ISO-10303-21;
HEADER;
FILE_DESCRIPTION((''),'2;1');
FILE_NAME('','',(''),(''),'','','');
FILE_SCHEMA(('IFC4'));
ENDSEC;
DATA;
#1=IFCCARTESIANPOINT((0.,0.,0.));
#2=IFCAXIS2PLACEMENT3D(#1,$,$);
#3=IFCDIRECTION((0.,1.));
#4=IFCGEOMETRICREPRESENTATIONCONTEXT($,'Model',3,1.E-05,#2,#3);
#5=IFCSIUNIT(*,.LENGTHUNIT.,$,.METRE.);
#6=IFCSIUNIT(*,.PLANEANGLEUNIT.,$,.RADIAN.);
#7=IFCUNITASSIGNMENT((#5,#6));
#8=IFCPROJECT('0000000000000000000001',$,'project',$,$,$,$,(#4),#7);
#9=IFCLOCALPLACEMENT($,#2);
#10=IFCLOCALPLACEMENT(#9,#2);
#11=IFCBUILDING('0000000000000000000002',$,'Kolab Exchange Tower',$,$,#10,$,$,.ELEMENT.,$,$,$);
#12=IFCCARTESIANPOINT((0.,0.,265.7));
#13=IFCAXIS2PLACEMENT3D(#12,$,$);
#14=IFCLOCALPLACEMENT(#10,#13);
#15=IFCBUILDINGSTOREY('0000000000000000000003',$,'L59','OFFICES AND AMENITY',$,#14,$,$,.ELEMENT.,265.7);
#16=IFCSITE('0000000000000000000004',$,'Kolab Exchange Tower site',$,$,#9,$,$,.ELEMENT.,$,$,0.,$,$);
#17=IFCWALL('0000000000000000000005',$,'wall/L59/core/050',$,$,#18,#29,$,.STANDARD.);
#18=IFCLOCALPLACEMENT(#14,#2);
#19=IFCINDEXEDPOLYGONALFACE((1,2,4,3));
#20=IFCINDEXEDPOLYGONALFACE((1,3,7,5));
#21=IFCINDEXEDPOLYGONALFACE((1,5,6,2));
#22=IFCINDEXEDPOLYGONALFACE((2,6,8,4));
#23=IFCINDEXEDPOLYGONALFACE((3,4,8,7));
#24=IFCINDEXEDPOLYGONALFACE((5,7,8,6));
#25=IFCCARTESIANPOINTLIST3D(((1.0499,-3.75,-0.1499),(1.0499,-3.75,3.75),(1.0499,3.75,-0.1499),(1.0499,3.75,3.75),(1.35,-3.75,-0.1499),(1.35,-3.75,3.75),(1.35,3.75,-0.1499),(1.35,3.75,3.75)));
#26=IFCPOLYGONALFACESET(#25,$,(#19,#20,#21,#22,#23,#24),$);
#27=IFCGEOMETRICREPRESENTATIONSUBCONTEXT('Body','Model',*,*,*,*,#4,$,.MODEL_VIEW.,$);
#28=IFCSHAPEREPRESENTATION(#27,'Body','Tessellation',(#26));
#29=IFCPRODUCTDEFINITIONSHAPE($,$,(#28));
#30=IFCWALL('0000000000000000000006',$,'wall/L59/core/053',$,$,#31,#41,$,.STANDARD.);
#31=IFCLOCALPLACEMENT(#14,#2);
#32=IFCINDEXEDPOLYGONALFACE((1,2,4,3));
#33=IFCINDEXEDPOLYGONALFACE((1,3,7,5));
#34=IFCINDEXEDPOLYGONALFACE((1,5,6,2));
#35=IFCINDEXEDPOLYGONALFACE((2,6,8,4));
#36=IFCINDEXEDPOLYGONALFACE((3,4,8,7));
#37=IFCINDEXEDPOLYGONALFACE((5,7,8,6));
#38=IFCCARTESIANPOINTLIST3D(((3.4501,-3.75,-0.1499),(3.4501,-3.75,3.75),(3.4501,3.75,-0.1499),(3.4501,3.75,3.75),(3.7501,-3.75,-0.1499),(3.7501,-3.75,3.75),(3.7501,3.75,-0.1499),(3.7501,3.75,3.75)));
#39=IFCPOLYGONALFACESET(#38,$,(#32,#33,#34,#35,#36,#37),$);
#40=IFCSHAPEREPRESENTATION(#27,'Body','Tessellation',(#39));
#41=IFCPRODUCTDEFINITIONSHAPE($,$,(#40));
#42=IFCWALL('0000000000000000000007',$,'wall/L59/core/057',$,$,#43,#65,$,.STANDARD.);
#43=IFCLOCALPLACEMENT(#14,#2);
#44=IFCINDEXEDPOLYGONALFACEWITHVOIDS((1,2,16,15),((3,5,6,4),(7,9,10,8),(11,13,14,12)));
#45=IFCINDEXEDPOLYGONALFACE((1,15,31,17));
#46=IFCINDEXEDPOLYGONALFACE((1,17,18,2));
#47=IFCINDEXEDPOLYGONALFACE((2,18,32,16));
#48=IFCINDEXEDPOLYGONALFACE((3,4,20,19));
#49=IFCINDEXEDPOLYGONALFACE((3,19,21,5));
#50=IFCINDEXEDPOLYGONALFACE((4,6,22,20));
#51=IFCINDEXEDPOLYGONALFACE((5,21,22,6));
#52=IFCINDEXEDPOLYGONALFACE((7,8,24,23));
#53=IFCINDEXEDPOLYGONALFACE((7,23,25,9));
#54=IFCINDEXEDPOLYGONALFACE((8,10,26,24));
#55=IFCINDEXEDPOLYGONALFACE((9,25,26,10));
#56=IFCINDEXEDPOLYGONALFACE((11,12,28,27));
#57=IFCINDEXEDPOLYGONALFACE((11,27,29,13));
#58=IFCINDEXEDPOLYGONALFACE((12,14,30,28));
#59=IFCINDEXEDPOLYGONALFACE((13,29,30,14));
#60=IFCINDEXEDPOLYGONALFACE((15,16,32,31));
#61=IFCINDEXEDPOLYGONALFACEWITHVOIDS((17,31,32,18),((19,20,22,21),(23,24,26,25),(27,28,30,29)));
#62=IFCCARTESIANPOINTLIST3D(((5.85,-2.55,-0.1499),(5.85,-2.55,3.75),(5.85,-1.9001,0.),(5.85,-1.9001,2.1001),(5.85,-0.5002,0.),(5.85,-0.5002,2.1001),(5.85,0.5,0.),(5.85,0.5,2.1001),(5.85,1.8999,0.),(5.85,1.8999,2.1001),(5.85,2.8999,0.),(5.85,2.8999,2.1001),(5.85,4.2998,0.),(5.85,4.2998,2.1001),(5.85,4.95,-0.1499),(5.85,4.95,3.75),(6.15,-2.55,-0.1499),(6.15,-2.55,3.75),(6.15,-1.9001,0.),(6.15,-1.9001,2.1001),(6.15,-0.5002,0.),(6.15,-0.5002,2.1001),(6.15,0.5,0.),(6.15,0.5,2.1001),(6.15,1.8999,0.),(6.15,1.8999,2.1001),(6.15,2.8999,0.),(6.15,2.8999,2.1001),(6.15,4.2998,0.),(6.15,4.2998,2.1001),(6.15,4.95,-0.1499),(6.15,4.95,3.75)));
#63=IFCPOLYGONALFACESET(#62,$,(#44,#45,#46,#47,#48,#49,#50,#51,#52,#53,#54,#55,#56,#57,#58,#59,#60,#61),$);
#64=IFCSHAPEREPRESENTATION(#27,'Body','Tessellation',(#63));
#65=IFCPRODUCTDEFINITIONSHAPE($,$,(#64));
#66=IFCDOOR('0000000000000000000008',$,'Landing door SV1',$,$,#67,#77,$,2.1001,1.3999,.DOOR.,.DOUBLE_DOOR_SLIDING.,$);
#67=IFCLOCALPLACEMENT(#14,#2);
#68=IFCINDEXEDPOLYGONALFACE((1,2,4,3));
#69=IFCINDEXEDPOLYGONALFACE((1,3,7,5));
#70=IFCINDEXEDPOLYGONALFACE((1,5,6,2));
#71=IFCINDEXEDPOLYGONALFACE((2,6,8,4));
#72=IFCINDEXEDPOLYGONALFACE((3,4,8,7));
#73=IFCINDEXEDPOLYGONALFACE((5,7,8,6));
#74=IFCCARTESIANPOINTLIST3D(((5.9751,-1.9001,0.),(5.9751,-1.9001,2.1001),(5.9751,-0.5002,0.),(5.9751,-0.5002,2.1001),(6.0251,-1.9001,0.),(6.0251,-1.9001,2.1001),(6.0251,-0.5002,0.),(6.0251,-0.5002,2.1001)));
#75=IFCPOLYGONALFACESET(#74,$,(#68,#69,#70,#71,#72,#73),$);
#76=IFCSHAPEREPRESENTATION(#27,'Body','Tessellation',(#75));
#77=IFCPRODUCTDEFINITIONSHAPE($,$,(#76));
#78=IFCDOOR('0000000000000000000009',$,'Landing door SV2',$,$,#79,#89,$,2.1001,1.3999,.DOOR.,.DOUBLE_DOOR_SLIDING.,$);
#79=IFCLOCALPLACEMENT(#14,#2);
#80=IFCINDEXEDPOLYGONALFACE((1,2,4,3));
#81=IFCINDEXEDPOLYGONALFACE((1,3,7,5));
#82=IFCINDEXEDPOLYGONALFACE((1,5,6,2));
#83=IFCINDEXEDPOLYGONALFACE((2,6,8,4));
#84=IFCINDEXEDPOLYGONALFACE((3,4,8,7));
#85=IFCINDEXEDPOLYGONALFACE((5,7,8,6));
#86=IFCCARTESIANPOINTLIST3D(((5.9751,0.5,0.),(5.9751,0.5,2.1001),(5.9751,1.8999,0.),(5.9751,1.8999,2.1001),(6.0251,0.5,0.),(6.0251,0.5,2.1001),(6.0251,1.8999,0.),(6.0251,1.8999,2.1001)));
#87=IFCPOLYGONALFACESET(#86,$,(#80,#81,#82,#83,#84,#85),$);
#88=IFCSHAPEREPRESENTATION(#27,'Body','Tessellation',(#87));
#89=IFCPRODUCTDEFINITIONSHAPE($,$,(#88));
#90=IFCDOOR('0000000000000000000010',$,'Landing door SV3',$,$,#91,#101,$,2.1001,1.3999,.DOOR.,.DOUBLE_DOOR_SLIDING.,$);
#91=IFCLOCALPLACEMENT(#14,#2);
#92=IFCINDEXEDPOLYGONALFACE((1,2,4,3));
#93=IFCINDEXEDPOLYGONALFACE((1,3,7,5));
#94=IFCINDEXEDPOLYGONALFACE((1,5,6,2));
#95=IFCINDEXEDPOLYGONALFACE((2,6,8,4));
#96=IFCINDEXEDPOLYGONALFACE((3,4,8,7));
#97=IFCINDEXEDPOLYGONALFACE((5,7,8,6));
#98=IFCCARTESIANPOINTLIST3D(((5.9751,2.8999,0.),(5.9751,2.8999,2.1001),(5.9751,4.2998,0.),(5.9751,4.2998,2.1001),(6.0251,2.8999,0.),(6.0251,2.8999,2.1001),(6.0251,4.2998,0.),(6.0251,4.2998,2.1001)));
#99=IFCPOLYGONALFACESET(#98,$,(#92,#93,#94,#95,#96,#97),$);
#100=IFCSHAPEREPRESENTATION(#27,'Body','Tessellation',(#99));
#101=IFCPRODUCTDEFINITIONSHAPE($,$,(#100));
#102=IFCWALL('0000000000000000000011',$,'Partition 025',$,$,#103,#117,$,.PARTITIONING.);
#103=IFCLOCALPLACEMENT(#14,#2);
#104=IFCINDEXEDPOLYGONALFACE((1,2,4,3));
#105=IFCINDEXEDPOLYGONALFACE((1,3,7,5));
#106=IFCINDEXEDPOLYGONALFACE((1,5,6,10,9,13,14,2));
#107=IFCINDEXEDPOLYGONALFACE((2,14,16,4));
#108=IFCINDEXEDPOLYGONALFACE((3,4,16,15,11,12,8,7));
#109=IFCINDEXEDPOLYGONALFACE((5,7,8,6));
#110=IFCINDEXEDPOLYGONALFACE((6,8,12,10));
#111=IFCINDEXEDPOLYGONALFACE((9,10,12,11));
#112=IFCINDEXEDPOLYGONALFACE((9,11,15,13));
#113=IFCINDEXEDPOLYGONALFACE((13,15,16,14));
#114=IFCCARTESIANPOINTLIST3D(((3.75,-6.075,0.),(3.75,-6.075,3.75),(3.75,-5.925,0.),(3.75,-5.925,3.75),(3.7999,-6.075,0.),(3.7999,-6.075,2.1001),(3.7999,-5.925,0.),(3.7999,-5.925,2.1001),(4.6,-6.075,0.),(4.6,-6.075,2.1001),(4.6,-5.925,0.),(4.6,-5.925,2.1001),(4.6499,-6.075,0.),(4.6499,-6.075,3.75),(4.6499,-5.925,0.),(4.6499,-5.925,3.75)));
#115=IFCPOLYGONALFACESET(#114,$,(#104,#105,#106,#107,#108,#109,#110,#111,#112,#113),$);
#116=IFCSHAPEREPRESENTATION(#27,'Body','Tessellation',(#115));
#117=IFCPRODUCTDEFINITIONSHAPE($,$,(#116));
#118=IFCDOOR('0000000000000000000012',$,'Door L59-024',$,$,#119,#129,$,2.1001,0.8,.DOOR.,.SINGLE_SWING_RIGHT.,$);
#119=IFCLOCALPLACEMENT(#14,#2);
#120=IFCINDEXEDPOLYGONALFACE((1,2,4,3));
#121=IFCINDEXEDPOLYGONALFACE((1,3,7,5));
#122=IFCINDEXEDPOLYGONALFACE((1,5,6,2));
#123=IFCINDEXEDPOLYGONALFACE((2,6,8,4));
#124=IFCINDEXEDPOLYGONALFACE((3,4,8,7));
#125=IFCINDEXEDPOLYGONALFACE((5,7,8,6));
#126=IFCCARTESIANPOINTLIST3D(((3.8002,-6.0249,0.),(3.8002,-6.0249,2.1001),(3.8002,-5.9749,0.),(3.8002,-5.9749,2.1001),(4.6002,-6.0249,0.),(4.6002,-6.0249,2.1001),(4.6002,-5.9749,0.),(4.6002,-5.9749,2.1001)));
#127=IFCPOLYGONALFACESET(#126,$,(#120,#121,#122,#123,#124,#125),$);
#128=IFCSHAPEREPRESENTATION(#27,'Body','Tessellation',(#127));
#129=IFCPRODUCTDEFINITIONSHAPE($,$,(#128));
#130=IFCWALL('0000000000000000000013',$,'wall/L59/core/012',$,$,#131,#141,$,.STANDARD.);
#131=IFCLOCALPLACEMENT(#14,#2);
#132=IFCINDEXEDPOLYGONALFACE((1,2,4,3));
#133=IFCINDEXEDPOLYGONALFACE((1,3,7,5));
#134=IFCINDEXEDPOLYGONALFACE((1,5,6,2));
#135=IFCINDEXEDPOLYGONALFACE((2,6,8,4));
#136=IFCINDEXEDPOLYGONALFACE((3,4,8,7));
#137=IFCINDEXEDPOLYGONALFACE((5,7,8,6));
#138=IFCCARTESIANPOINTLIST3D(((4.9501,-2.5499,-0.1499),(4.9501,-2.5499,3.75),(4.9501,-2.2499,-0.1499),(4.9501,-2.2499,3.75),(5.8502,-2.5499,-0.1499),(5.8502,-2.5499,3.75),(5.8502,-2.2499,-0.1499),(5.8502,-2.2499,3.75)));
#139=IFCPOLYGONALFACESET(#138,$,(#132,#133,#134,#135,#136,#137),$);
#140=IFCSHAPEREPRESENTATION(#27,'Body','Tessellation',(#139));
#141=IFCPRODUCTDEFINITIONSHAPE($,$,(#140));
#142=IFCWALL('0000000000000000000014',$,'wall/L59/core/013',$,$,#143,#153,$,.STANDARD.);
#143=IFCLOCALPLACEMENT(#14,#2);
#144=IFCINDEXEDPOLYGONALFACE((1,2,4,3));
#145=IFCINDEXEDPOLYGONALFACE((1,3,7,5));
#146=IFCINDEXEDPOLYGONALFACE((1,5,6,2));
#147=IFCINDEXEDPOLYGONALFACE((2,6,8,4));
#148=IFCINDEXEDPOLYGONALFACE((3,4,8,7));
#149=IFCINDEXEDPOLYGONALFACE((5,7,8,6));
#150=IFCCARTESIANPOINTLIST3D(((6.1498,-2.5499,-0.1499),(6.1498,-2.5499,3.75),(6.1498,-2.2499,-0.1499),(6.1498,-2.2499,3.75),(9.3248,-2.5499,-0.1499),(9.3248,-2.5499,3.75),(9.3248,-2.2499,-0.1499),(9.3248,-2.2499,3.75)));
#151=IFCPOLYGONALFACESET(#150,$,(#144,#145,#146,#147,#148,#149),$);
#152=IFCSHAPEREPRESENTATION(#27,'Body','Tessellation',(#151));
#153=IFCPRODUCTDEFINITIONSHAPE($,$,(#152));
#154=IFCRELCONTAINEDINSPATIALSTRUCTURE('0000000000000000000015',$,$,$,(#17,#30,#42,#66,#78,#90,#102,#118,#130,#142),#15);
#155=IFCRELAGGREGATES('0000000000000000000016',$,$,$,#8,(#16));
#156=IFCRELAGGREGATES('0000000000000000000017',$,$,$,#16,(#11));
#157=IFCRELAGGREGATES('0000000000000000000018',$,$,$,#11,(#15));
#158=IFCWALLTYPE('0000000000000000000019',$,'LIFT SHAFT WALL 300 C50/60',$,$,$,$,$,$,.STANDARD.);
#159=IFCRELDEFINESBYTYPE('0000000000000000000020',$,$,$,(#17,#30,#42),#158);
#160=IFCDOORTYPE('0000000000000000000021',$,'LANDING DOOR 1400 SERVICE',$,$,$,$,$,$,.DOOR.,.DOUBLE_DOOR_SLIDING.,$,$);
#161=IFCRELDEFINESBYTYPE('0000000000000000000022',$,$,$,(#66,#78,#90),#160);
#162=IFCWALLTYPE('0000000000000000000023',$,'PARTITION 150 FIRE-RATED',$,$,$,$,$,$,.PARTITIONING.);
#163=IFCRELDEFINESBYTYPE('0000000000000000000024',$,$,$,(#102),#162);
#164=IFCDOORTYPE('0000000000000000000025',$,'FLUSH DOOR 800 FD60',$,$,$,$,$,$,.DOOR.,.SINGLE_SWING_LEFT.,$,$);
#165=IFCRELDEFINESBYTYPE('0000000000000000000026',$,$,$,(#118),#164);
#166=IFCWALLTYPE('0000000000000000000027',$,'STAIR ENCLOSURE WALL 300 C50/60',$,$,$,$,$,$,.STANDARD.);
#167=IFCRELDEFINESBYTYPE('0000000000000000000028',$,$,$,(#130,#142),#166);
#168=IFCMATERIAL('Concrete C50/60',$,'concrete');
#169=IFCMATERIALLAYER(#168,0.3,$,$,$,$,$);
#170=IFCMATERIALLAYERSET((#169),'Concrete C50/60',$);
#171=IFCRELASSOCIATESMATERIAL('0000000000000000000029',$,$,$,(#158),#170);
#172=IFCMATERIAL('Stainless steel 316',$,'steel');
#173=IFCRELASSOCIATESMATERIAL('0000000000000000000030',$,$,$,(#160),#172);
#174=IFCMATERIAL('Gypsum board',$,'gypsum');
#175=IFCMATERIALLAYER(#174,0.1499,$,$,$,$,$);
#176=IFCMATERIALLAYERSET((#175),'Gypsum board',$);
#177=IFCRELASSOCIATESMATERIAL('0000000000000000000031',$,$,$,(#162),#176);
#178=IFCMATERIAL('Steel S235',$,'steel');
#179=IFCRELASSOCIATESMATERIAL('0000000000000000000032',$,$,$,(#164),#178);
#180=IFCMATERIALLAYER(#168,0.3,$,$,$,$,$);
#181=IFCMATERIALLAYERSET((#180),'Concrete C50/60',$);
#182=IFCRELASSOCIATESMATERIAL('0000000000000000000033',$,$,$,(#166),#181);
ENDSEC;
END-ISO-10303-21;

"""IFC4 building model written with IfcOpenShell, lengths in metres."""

from ifc_helpers import new_model, si_unit, direction, frame, frame_2d, origin, place, context, subcontext, project, spatial, rectangle, extrude, material, layer, layer_set, type_object, element, fill, save


model = new_model("IFC4")

# Units and contexts
model_context = context("Model", 3, precision=1e-05, world=origin(), true_north=direction((0.0, 1.0)))
body_context = subcontext(model_context, "Body", "Model", "MODEL_VIEW")
ifc_project = project(units=[si_unit("LENGTHUNIT", "METRE"), si_unit("PLANEANGLEUNIT", "RADIAN")], contexts=[model_context])

# Site, building, storey
site_placement = place(None, origin())
site = spatial("IfcSite", under=ifc_project, at=site_placement, Name="Kolab Exchange Tower site", CompositionType="ELEMENT", RefElevation=0.0)
building_placement = place(site_placement, origin())
building = spatial("IfcBuilding", under=site, at=building_placement, Name="Kolab Exchange Tower", CompositionType="ELEMENT")
storey_placement = place(building_placement, frame((0.0, 0.0, 265.7)))
storey = spatial("IfcBuildingStorey", under=building, at=storey_placement, Name="L59", Description="OFFICES AND AMENITY", CompositionType="ELEMENT", Elevation=265.7)

# Shared definitions
ifc_material_1 = material(Name="Concrete C50/60", Category="concrete")

# Shared definitions
ifc_layer_1 = layer(ifc_material_1, 0.3)
ifc_layer_set_1 = layer_set([ifc_layer_1], Name="Concrete C50/60")
wall_type_1 = type_object("IfcWallType", Name="LIFT SHAFT WALL 300 C50/60", PredefinedType="STANDARD", material=ifc_layer_set_1)
ifc_material_2 = material(Name="Stainless steel 316", Category="steel")

# Walls
for number, where, z_axis, x_axis, name in (
    (1, (1.2, -3.75, -0.1499), (0.0, 0.0, 1.0), (0.0, 1.0, 0.0), "wall/L59/core/050"),
    (2, (3.6001, -3.75, -0.1499), (0.0, 0.0, 1.0), (0.0, 1.0, 0.0), "wall/L59/core/053"),
):
    element("IfcWall", number, at=place(storey_placement, frame(where, z_axis=z_axis, x_axis=x_axis)), inside=storey, type_object=wall_type_1, Name=name, PredefinedType="STANDARD", context=body_context, shape_type="SweptSolid", body=[
        extrude(rectangle(XDim=7.5, YDim=0.3, at=frame_2d((3.75, 0.0))), origin(), (0.0, 0.0, 1.0), 3.8999),
    ])

# Wall, openings, doors
wall_1_placement = place(storey_placement, frame((6.0, -2.55, -0.1499), z_axis=(0.0, 0.0, 1.0), x_axis=(0.0, 1.0, 0.0)))
wall_1 = element("IfcWall", 3, at=wall_1_placement, inside=storey, type_object=wall_type_1, Name="wall/L59/core/057", PredefinedType="STANDARD", context=body_context, shape_type="SweptSolid", body=[
    extrude(rectangle(XDim=7.5, YDim=0.3, at=frame_2d((3.75, 0.0))), origin(), (0.0, 0.0, 1.0), 3.8999),
])
opening_1_placement = place(wall_1_placement, frame((0.6499, 0.0, 0.1499)))
opening_1 = element("IfcOpeningElement", 4, at=opening_1_placement, cuts=wall_1, PredefinedType="OPENING", context=body_context, shape_type="SweptSolid", body=[
    extrude(rectangle(XDim=1.3999, YDim=2.1001, at=frame_2d((0.7, 1.05))), frame((0.0, 0.1602, 0.0), z_axis=(0.0, -1.0, 0.0), x_axis=(1.0, 0.0, 0.0)), (0.0, 0.0, 1.0), 0.3201),
])
opening_2_placement = place(wall_1_placement, frame((3.05, 0.0, 0.1499)))
opening_2 = element("IfcOpeningElement", 5, at=opening_2_placement, cuts=wall_1, PredefinedType="OPENING", context=body_context, shape_type="SweptSolid", body=[
    extrude(rectangle(XDim=1.3999, YDim=2.1001, at=frame_2d((0.7, 1.05))), frame((0.0, 0.1602, 0.0), z_axis=(0.0, -1.0, 0.0), x_axis=(1.0, 0.0, 0.0)), (0.0, 0.0, 1.0), 0.3201),
])
opening_3_placement = place(wall_1_placement, frame((5.45, 0.0, 0.1499)))
opening_3 = element("IfcOpeningElement", 6, at=opening_3_placement, cuts=wall_1, PredefinedType="OPENING", context=body_context, shape_type="SweptSolid", body=[
    extrude(rectangle(XDim=1.3999, YDim=2.1001, at=frame_2d((0.7, 1.05))), frame((0.0, 0.1602, 0.0), z_axis=(0.0, -1.0, 0.0), x_axis=(1.0, 0.0, 0.0)), (0.0, 0.0, 1.0), 0.3201),
])
door_type_1 = type_object("IfcDoorType", Name="LANDING DOOR 1400 SERVICE", OperationType="DOUBLE_DOOR_SLIDING", PredefinedType="DOOR", material=ifc_material_2)
door_1_placement = place(opening_1_placement, origin())
door_1 = element("IfcDoor", 7, at=door_1_placement, inside=storey, type_object=door_type_1, Name="Landing door SV1", OperationType="DOUBLE_DOOR_SLIDING", OverallHeight=2.1001, OverallWidth=1.3999, PredefinedType="DOOR", context=body_context, shape_type="SweptSolid", body=[
    extrude(rectangle(XDim=1.3999, YDim=2.1001, at=frame_2d((0.7, 1.05))), frame((0.0, 0.0249, 0.0), z_axis=(0.0, -1.0, 0.0), x_axis=(1.0, 0.0, 0.0)), (0.0, 0.0, 1.0), 0.05),
])
fill(opening_1, door_1)
door_2_placement = place(opening_2_placement, origin())
door_2 = element("IfcDoor", 8, at=door_2_placement, inside=storey, type_object=door_type_1, Name="Landing door SV2", OperationType="DOUBLE_DOOR_SLIDING", OverallHeight=2.1001, OverallWidth=1.3999, PredefinedType="DOOR", context=body_context, shape_type="SweptSolid", body=[
    extrude(rectangle(XDim=1.3999, YDim=2.1001, at=frame_2d((0.7, 1.05))), frame((0.0, 0.0249, 0.0), z_axis=(0.0, -1.0, 0.0), x_axis=(1.0, 0.0, 0.0)), (0.0, 0.0, 1.0), 0.05),
])
fill(opening_2, door_2)
door_3_placement = place(opening_3_placement, origin())
door_3 = element("IfcDoor", 9, at=door_3_placement, inside=storey, type_object=door_type_1, Name="Landing door SV3", OperationType="DOUBLE_DOOR_SLIDING", OverallHeight=2.1001, OverallWidth=1.3999, PredefinedType="DOOR", context=body_context, shape_type="SweptSolid", body=[
    extrude(rectangle(XDim=1.3999, YDim=2.1001, at=frame_2d((0.7, 1.05))), frame((0.0, 0.0249, 0.0), z_axis=(0.0, -1.0, 0.0), x_axis=(1.0, 0.0, 0.0)), (0.0, 0.0, 1.0), 0.05),
])
fill(opening_3, door_3)

# Wall, opening, door
ifc_material_3 = material(Name="Gypsum board", Category="gypsum")
ifc_layer_2 = layer(ifc_material_3, 0.1499)
ifc_layer_set_2 = layer_set([ifc_layer_2], Name="Gypsum board")
wall_type_2 = type_object("IfcWallType", Name="PARTITION 150 FIRE-RATED", PredefinedType="PARTITIONING", material=ifc_layer_set_2)
wall_2_placement = place(storey_placement, frame((3.75, -6.0, 0.0), z_axis=(0.0, 0.0, 1.0), x_axis=(1.0, 0.0, 0.0)))
wall_2 = element("IfcWall", 10, at=wall_2_placement, inside=storey, type_object=wall_type_2, Name="Partition 025", PredefinedType="PARTITIONING", context=body_context, shape_type="SweptSolid", body=[
    extrude(rectangle(XDim=0.8999, YDim=0.1499, at=frame_2d((0.45, 0.0))), origin(), (0.0, 0.0, 1.0), 3.75),
])
opening_4_placement = place(wall_2_placement, frame((0.05, 0.0, 0.0)))
opening_4 = element("IfcOpeningElement", 11, at=opening_4_placement, cuts=wall_2, PredefinedType="OPENING", context=body_context, shape_type="SweptSolid", body=[
    extrude(rectangle(XDim=0.8, YDim=2.1001, at=frame_2d((0.3999, 1.05))), frame((0.0, 0.085, 0.0), z_axis=(0.0, -1.0, 0.0), x_axis=(1.0, 0.0, 0.0)), (0.0, 0.0, 1.0), 0.1699),
])
ifc_material_4 = material(Name="Steel S235", Category="steel")
door_type_2 = type_object("IfcDoorType", Name="FLUSH DOOR 800 FD60", OperationType="SINGLE_SWING_LEFT", PredefinedType="DOOR", material=ifc_material_4)
door_4_placement = place(opening_4_placement, frame((0.8, 0.0, 0.0), z_axis=(0.0, 0.0, 1.0), x_axis=(-1.0, 0.0, 0.0)))
door_4 = element("IfcDoor", 12, at=door_4_placement, inside=storey, type_object=door_type_2, Name="Door L59-024", OperationType="SINGLE_SWING_RIGHT", OverallHeight=2.1001, OverallWidth=0.8, PredefinedType="DOOR", context=body_context, shape_type="SweptSolid", body=[
    extrude(rectangle(XDim=0.8, YDim=2.1001, at=frame_2d((0.3999, 1.05))), frame((0.0, 0.0249, 0.0), z_axis=(0.0, -1.0, 0.0), x_axis=(1.0, 0.0, 0.0)), (0.0, 0.0, 1.0), 0.05),
])
fill(opening_4, door_4)

# Walls
ifc_layer_3 = layer(ifc_material_1, 0.3)
ifc_layer_set_3 = layer_set([ifc_layer_3], Name="Concrete C50/60")
wall_type_3 = type_object("IfcWallType", Name="STAIR ENCLOSURE WALL 300 C50/60", PredefinedType="STANDARD", material=ifc_layer_set_3)
wall_3_placement = place(storey_placement, frame((4.95, -2.3999, -0.1499), z_axis=(0.0, 0.0, 1.0), x_axis=(1.0, 0.0, 0.0)))
element("IfcWall", 13, at=wall_3_placement, inside=storey, type_object=wall_type_3, Name="wall/L59/core/012", PredefinedType="STANDARD", context=body_context, shape_type="SweptSolid", body=[
    extrude(rectangle(XDim=0.9001, YDim=0.3, at=frame_2d((0.4502, 0.0))), origin(), (0.0, 0.0, 1.0), 3.8999),
])
wall_4_placement = place(storey_placement, frame((6.1499, -2.3999, -0.1499), z_axis=(0.0, 0.0, 1.0), x_axis=(1.0, 0.0, 0.0)))
element("IfcWall", 14, at=wall_4_placement, inside=storey, type_object=wall_type_3, Name="wall/L59/core/013", PredefinedType="STANDARD", context=body_context, shape_type="SweptSolid", body=[
    extrude(rectangle(XDim=3.175, YDim=0.3, at=frame_2d((1.5874, 0.0))), origin(), (0.0, 0.0, 1.0), 3.8999),
])

save(model, "model.ifc")
